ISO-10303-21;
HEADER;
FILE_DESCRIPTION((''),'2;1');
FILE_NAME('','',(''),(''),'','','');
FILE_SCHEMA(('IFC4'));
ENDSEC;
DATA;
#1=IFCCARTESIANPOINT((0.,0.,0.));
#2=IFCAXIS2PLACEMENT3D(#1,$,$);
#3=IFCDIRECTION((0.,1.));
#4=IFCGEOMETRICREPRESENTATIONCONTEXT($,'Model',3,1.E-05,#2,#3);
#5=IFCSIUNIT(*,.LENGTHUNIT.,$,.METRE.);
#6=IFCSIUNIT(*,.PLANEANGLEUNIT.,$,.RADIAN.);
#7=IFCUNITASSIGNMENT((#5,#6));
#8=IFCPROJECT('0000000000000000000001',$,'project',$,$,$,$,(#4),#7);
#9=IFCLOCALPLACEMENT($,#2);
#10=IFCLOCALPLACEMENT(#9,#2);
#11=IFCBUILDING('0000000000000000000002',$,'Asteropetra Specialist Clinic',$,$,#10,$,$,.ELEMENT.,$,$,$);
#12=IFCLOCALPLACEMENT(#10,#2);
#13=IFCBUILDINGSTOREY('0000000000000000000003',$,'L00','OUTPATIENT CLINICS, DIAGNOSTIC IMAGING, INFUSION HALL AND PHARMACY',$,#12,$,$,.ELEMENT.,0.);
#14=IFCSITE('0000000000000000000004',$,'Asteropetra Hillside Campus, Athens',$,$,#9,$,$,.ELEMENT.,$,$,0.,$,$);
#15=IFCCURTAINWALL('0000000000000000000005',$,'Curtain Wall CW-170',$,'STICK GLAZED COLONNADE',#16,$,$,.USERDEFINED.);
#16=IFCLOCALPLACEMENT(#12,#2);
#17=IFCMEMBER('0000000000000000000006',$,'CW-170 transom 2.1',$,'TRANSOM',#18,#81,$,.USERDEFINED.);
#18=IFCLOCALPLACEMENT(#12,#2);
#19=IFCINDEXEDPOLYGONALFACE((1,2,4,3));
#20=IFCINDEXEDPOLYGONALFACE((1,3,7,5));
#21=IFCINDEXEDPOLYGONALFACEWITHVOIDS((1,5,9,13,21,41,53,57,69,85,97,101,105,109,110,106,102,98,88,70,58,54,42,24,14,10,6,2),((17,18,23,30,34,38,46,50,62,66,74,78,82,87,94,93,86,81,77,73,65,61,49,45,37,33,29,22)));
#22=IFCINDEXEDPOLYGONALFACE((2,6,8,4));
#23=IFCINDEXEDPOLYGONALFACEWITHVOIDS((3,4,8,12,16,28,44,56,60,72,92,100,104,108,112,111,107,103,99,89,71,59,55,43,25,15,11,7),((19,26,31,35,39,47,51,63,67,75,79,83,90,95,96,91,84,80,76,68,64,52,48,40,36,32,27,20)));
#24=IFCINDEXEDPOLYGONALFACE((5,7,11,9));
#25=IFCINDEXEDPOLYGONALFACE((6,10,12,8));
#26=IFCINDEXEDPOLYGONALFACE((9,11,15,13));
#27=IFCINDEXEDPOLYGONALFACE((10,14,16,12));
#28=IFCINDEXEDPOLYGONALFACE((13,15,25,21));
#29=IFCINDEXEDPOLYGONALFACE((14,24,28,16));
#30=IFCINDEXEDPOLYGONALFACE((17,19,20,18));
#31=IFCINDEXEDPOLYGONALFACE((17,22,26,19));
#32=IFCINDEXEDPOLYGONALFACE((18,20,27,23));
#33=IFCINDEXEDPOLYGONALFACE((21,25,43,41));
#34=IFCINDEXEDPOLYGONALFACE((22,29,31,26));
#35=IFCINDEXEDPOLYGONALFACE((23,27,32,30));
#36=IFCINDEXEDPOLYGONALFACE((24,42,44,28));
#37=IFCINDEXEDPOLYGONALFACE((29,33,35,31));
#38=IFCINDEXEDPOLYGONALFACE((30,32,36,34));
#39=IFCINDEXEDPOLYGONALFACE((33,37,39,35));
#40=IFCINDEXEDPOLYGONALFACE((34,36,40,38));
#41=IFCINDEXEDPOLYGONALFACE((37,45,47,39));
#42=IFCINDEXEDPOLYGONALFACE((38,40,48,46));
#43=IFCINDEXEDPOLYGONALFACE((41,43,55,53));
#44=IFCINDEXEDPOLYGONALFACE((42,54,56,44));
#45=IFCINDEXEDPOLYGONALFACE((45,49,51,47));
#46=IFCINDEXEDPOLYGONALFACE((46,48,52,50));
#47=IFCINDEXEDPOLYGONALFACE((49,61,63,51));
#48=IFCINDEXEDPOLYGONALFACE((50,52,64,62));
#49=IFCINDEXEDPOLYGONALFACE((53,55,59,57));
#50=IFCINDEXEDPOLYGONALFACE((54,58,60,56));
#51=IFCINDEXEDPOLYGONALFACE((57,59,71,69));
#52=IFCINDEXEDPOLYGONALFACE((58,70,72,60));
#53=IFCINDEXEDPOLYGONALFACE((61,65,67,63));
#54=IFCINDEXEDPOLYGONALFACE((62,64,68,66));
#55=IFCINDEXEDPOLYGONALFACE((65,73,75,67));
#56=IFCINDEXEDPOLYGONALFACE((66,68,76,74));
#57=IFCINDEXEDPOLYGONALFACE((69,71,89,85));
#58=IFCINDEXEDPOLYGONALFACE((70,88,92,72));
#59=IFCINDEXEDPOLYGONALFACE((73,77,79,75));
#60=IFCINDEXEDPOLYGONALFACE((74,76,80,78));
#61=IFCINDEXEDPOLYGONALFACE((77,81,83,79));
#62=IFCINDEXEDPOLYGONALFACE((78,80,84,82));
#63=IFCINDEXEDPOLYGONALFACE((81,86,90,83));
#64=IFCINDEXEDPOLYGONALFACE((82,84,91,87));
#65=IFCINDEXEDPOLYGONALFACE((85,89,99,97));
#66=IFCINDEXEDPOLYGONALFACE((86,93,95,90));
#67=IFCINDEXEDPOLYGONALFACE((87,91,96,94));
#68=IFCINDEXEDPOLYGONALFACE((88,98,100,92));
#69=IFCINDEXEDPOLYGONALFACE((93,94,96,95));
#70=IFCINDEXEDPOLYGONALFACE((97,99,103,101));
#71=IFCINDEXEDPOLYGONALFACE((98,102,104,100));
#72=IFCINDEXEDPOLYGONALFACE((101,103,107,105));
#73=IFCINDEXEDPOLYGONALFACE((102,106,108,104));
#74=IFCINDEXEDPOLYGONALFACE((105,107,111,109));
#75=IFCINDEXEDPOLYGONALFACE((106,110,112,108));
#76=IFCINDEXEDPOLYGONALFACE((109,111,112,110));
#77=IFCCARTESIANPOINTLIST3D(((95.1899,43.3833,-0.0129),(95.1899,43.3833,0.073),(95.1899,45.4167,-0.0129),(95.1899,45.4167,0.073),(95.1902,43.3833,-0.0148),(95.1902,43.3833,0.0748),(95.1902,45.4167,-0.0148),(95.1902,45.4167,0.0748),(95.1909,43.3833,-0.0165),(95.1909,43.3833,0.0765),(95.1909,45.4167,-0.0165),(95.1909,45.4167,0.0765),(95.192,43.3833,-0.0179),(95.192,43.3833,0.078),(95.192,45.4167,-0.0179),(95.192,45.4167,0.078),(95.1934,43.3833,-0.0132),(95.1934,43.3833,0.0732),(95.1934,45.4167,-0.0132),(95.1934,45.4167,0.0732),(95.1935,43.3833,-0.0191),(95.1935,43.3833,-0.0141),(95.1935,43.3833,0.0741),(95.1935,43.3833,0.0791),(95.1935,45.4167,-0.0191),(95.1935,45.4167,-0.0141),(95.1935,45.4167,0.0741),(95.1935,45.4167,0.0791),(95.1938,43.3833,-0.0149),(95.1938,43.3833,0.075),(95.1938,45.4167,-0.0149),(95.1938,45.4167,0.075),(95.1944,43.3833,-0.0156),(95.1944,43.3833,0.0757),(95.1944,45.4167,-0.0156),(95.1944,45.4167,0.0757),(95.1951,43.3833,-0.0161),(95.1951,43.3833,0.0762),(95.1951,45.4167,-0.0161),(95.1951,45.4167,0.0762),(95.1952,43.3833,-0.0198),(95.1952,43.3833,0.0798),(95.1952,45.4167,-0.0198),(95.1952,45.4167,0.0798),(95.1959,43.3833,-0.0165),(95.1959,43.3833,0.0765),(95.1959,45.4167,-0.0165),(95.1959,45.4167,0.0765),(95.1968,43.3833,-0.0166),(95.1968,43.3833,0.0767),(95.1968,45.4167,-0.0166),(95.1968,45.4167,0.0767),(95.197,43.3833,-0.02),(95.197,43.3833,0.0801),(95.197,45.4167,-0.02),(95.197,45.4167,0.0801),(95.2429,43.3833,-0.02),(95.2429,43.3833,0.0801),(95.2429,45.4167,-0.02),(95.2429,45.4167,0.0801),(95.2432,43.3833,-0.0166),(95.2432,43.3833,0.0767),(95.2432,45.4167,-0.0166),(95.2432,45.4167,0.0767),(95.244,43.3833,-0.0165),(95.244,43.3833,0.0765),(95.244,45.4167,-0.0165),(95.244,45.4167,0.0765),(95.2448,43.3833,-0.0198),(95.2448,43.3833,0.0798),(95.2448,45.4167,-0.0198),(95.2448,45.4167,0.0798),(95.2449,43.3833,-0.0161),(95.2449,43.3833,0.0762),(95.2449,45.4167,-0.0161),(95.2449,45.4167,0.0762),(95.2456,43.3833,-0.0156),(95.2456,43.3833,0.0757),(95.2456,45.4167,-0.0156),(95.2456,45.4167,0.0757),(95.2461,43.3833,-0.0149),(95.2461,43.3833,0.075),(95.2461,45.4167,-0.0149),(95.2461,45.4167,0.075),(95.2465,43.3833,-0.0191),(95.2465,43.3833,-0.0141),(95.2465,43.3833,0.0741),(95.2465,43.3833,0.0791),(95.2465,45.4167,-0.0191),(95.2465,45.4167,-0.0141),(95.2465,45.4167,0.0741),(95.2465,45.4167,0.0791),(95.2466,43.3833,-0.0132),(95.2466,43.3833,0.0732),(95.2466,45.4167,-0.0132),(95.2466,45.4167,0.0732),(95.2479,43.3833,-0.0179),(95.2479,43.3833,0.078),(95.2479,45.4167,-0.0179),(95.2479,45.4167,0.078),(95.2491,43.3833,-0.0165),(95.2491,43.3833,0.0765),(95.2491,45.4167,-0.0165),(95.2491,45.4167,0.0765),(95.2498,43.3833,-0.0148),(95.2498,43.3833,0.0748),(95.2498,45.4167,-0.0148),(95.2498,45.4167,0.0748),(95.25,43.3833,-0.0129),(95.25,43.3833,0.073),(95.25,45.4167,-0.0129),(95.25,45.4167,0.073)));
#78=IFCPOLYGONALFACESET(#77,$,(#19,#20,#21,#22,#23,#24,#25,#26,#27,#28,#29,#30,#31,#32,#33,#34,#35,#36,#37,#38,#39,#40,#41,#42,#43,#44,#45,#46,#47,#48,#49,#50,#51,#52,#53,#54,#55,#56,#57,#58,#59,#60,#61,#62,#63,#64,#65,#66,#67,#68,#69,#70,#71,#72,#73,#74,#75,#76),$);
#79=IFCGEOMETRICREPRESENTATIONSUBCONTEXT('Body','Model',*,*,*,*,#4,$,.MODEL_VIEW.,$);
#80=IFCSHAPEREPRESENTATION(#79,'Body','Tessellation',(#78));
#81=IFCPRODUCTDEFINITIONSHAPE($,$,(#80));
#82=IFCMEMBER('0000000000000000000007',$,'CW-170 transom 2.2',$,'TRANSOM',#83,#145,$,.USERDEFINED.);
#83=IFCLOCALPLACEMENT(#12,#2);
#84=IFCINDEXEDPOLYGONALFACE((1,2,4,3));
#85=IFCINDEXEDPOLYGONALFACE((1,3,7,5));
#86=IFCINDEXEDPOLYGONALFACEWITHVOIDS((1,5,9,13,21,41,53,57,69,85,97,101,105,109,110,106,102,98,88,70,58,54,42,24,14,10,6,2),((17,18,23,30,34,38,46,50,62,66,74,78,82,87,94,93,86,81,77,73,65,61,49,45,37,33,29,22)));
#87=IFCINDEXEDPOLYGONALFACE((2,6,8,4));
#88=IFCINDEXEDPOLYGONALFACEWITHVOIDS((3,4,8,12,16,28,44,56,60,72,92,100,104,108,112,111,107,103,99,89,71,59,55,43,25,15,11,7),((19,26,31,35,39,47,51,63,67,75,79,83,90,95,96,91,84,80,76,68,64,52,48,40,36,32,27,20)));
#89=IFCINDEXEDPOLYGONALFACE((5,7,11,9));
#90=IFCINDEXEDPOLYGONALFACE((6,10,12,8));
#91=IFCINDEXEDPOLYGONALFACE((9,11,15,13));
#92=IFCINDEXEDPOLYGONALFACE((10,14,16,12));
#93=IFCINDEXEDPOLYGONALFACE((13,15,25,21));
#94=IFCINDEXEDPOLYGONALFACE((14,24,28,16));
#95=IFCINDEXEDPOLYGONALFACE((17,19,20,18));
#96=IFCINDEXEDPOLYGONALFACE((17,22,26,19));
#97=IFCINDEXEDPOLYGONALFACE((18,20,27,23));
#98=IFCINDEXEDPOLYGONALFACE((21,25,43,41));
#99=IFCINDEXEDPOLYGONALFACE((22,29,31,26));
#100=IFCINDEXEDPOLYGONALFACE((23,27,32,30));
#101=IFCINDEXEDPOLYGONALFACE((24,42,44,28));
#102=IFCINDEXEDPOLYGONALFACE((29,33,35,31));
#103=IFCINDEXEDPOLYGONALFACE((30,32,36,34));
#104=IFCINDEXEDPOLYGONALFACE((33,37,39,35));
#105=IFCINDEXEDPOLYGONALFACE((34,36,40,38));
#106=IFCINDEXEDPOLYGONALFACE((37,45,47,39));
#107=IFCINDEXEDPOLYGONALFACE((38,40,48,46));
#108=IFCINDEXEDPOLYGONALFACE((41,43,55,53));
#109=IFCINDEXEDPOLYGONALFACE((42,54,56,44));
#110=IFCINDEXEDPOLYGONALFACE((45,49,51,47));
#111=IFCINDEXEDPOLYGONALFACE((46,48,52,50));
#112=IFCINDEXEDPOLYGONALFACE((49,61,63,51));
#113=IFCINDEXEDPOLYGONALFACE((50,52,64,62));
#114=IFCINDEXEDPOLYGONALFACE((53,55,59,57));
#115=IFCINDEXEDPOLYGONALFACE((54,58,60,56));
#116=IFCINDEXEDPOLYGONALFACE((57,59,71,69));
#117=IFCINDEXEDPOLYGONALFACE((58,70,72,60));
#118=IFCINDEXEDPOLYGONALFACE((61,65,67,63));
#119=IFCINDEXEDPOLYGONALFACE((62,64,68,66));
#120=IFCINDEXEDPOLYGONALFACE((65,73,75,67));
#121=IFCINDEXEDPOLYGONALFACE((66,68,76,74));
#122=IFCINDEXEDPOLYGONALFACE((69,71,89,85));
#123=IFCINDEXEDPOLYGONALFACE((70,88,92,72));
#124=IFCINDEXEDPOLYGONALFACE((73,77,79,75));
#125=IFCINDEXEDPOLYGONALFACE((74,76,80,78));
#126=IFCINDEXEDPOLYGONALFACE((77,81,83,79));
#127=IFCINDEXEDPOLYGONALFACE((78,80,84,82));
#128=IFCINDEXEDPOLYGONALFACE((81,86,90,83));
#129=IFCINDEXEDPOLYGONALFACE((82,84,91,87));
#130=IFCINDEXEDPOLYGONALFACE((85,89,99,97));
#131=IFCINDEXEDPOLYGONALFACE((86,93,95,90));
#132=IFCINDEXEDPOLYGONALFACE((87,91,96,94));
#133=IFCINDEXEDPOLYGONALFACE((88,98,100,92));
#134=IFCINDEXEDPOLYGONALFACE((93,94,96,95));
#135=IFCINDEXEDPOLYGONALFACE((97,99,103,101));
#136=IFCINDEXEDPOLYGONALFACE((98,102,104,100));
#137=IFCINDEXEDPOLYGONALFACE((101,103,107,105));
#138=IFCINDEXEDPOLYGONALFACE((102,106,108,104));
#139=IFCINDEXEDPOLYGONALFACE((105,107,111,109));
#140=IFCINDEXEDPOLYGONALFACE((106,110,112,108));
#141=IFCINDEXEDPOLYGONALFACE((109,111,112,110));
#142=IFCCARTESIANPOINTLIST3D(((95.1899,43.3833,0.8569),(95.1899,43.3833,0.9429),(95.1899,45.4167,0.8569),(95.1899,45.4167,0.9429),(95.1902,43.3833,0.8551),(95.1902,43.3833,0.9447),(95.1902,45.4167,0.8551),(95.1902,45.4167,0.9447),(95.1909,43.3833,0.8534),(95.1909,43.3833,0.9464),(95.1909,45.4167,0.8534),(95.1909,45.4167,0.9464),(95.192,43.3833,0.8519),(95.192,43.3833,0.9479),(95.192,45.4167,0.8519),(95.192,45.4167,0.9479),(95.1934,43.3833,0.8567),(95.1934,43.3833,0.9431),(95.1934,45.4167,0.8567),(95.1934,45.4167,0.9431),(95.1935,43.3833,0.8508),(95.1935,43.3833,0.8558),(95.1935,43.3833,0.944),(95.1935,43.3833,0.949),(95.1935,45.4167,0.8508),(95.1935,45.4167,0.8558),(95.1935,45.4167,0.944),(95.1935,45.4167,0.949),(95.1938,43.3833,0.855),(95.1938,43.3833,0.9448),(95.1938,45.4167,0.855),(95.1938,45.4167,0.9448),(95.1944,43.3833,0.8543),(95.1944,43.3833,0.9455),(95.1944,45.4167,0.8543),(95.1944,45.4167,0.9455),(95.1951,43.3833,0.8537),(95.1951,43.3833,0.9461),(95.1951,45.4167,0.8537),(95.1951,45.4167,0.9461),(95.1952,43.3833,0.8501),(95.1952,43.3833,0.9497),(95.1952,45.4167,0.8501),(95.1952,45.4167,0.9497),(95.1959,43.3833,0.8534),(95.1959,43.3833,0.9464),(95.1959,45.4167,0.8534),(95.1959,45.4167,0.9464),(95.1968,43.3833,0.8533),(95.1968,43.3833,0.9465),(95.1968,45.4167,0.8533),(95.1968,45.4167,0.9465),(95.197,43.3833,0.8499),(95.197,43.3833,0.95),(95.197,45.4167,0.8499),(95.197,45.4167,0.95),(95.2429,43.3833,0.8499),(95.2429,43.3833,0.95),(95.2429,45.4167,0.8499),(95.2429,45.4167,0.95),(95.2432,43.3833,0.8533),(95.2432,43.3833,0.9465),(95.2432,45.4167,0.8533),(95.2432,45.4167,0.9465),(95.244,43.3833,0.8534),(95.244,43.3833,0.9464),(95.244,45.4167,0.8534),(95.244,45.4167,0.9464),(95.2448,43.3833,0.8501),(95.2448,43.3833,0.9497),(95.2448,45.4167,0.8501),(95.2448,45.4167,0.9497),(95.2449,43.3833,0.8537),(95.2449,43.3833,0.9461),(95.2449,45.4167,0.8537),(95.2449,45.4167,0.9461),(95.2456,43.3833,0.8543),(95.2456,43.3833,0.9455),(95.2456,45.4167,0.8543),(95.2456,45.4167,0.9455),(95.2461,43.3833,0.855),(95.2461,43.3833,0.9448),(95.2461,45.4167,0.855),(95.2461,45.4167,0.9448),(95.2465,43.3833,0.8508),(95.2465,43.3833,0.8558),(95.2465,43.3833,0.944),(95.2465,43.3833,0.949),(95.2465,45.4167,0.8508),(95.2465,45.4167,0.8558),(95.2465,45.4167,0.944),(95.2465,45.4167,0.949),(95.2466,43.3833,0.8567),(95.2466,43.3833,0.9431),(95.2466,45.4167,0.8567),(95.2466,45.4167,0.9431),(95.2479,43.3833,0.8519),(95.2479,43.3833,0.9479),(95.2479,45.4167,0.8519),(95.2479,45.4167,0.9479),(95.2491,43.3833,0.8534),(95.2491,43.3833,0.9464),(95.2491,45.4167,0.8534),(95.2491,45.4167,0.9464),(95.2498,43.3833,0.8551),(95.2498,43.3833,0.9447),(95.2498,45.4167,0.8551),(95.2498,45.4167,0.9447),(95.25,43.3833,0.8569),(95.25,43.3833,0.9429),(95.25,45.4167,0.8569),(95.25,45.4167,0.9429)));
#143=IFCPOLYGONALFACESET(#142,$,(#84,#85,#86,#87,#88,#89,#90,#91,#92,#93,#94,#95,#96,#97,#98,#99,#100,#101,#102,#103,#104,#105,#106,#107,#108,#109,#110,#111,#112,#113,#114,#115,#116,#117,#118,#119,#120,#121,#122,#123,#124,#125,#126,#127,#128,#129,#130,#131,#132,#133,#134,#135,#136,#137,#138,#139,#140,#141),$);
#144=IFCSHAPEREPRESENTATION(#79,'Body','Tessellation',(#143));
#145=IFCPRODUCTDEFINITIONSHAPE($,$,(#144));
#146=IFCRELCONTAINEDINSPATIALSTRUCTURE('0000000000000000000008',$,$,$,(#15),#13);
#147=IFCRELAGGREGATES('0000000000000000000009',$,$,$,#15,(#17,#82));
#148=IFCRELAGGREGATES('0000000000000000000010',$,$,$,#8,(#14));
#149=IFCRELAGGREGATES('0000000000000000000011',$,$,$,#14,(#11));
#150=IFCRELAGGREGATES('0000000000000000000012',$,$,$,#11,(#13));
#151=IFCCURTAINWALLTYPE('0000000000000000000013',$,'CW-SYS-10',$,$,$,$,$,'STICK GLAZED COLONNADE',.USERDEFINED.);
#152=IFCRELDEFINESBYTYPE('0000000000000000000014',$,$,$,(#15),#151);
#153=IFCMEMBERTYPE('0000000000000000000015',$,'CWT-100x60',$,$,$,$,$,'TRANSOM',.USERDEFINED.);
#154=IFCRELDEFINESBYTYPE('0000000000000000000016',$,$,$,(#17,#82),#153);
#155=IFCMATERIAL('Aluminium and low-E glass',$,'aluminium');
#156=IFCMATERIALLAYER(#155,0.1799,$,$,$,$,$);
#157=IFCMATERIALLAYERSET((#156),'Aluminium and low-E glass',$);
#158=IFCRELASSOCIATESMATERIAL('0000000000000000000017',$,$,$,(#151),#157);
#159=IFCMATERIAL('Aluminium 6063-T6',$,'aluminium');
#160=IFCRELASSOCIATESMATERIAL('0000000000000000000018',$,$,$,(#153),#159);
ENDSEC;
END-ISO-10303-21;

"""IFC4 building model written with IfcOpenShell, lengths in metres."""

from ifc_helpers import new_model, si_unit, direction, frame, origin, origin_2d, place, context, subcontext, project, spatial, hollow_rectangle, extrude, material, layer, layer_set, material_profile, profile_set, type_object, element, aggregate, save


model = new_model("IFC4")

# Units and contexts
model_context = context("Model", 3, precision=1e-05, world=origin(), true_north=direction((0.0, 1.0)))
body_context = subcontext(model_context, "Body", "Model", "MODEL_VIEW")
ifc_project = project(units=[si_unit("LENGTHUNIT", "METRE"), si_unit("PLANEANGLEUNIT", "RADIAN")], contexts=[model_context])

# Site, building, storey
site_placement = place(None, origin())
site = spatial("IfcSite", under=ifc_project, at=site_placement, Name="Asteropetra Hillside Campus, Athens", CompositionType="ELEMENT", RefElevation=0.0)
building_placement = place(site_placement, origin())
building = spatial("IfcBuilding", under=site, at=building_placement, Name="Asteropetra Specialist Clinic", CompositionType="ELEMENT")
storey_placement = place(building_placement, origin())
storey = spatial("IfcBuildingStorey", under=building, at=storey_placement, Name="L00", Description="OUTPATIENT CLINICS, DIAGNOSTIC IMAGING, INFUSION HALL AND PHARMACY", CompositionType="ELEMENT", Elevation=0.0)

# Curtain wall, members
ifc_material_1 = material(Name="Aluminium and low-E glass", Category="aluminium")
ifc_layer_1 = layer(ifc_material_1, 0.1799)
ifc_layer_set_1 = layer_set([ifc_layer_1], Name="Aluminium and low-E glass")
curtain_wall_type = type_object("IfcCurtainWallType", Name="CW-SYS-10", ElementType="STICK GLAZED COLONNADE", PredefinedType="USERDEFINED", material=ifc_layer_set_1)
curtain_wall_placement = place(storey_placement, origin())
curtain_wall = element("IfcCurtainWall", 1, at=curtain_wall_placement, inside=storey, type_object=curtain_wall_type, Name="Curtain Wall CW-170", ObjectType="STICK GLAZED COLONNADE", PredefinedType="USERDEFINED")
ifc_material_2 = material(Name="Aluminium 6063-T6", Category="aluminium")
ifc_material_profile_1 = material_profile(ifc_material_2, hollow_rectangle(XDim=0.0601, YDim=0.1001, WallThickness=0.0034, InnerFilletRadius=0.0034, OuterFilletRadius=0.0071, at=origin_2d()), Name="TRN 100x60x3.5")
ifc_profile_set_1 = profile_set([ifc_material_profile_1], Name="Aluminium 6063-T6")
member_type_1 = type_object("IfcMemberType", Name="CWT-100x60", ElementType="TRANSOM", PredefinedType="USERDEFINED", material=ifc_profile_set_1)
member_1_placement = place(storey_placement, frame((95.22, 43.3833, 0.03), z_axis=(0.0, 1.0, 0.0), x_axis=(-1.0, 0.0, 0.0)))
member_1 = element("IfcMember", 2, at=member_1_placement, type_object=member_type_1, Name="CW-170 transom 2.1", ObjectType="TRANSOM", PredefinedType="USERDEFINED", context=body_context, shape_type="SweptSolid", body=[
    extrude(hollow_rectangle(XDim=0.0601, YDim=0.1001, WallThickness=0.0034, InnerFilletRadius=0.0034, OuterFilletRadius=0.0071, at=origin_2d()), origin(), (0.0, 0.0, 1.0), 2.0334),
])
member_2_placement = place(storey_placement, frame((95.22, 43.3833, 0.8999), z_axis=(0.0, 1.0, 0.0), x_axis=(-1.0, 0.0, 0.0)))
member_2 = element("IfcMember", 3, at=member_2_placement, type_object=member_type_1, Name="CW-170 transom 2.2", ObjectType="TRANSOM", PredefinedType="USERDEFINED", context=body_context, shape_type="SweptSolid", body=[
    extrude(hollow_rectangle(XDim=0.0601, YDim=0.1001, WallThickness=0.0034, InnerFilletRadius=0.0034, OuterFilletRadius=0.0071, at=origin_2d()), origin(), (0.0, 0.0, 1.0), 2.0334),
])
aggregate(curtain_wall, [member_1, member_2])

save(model, "model.ifc")
